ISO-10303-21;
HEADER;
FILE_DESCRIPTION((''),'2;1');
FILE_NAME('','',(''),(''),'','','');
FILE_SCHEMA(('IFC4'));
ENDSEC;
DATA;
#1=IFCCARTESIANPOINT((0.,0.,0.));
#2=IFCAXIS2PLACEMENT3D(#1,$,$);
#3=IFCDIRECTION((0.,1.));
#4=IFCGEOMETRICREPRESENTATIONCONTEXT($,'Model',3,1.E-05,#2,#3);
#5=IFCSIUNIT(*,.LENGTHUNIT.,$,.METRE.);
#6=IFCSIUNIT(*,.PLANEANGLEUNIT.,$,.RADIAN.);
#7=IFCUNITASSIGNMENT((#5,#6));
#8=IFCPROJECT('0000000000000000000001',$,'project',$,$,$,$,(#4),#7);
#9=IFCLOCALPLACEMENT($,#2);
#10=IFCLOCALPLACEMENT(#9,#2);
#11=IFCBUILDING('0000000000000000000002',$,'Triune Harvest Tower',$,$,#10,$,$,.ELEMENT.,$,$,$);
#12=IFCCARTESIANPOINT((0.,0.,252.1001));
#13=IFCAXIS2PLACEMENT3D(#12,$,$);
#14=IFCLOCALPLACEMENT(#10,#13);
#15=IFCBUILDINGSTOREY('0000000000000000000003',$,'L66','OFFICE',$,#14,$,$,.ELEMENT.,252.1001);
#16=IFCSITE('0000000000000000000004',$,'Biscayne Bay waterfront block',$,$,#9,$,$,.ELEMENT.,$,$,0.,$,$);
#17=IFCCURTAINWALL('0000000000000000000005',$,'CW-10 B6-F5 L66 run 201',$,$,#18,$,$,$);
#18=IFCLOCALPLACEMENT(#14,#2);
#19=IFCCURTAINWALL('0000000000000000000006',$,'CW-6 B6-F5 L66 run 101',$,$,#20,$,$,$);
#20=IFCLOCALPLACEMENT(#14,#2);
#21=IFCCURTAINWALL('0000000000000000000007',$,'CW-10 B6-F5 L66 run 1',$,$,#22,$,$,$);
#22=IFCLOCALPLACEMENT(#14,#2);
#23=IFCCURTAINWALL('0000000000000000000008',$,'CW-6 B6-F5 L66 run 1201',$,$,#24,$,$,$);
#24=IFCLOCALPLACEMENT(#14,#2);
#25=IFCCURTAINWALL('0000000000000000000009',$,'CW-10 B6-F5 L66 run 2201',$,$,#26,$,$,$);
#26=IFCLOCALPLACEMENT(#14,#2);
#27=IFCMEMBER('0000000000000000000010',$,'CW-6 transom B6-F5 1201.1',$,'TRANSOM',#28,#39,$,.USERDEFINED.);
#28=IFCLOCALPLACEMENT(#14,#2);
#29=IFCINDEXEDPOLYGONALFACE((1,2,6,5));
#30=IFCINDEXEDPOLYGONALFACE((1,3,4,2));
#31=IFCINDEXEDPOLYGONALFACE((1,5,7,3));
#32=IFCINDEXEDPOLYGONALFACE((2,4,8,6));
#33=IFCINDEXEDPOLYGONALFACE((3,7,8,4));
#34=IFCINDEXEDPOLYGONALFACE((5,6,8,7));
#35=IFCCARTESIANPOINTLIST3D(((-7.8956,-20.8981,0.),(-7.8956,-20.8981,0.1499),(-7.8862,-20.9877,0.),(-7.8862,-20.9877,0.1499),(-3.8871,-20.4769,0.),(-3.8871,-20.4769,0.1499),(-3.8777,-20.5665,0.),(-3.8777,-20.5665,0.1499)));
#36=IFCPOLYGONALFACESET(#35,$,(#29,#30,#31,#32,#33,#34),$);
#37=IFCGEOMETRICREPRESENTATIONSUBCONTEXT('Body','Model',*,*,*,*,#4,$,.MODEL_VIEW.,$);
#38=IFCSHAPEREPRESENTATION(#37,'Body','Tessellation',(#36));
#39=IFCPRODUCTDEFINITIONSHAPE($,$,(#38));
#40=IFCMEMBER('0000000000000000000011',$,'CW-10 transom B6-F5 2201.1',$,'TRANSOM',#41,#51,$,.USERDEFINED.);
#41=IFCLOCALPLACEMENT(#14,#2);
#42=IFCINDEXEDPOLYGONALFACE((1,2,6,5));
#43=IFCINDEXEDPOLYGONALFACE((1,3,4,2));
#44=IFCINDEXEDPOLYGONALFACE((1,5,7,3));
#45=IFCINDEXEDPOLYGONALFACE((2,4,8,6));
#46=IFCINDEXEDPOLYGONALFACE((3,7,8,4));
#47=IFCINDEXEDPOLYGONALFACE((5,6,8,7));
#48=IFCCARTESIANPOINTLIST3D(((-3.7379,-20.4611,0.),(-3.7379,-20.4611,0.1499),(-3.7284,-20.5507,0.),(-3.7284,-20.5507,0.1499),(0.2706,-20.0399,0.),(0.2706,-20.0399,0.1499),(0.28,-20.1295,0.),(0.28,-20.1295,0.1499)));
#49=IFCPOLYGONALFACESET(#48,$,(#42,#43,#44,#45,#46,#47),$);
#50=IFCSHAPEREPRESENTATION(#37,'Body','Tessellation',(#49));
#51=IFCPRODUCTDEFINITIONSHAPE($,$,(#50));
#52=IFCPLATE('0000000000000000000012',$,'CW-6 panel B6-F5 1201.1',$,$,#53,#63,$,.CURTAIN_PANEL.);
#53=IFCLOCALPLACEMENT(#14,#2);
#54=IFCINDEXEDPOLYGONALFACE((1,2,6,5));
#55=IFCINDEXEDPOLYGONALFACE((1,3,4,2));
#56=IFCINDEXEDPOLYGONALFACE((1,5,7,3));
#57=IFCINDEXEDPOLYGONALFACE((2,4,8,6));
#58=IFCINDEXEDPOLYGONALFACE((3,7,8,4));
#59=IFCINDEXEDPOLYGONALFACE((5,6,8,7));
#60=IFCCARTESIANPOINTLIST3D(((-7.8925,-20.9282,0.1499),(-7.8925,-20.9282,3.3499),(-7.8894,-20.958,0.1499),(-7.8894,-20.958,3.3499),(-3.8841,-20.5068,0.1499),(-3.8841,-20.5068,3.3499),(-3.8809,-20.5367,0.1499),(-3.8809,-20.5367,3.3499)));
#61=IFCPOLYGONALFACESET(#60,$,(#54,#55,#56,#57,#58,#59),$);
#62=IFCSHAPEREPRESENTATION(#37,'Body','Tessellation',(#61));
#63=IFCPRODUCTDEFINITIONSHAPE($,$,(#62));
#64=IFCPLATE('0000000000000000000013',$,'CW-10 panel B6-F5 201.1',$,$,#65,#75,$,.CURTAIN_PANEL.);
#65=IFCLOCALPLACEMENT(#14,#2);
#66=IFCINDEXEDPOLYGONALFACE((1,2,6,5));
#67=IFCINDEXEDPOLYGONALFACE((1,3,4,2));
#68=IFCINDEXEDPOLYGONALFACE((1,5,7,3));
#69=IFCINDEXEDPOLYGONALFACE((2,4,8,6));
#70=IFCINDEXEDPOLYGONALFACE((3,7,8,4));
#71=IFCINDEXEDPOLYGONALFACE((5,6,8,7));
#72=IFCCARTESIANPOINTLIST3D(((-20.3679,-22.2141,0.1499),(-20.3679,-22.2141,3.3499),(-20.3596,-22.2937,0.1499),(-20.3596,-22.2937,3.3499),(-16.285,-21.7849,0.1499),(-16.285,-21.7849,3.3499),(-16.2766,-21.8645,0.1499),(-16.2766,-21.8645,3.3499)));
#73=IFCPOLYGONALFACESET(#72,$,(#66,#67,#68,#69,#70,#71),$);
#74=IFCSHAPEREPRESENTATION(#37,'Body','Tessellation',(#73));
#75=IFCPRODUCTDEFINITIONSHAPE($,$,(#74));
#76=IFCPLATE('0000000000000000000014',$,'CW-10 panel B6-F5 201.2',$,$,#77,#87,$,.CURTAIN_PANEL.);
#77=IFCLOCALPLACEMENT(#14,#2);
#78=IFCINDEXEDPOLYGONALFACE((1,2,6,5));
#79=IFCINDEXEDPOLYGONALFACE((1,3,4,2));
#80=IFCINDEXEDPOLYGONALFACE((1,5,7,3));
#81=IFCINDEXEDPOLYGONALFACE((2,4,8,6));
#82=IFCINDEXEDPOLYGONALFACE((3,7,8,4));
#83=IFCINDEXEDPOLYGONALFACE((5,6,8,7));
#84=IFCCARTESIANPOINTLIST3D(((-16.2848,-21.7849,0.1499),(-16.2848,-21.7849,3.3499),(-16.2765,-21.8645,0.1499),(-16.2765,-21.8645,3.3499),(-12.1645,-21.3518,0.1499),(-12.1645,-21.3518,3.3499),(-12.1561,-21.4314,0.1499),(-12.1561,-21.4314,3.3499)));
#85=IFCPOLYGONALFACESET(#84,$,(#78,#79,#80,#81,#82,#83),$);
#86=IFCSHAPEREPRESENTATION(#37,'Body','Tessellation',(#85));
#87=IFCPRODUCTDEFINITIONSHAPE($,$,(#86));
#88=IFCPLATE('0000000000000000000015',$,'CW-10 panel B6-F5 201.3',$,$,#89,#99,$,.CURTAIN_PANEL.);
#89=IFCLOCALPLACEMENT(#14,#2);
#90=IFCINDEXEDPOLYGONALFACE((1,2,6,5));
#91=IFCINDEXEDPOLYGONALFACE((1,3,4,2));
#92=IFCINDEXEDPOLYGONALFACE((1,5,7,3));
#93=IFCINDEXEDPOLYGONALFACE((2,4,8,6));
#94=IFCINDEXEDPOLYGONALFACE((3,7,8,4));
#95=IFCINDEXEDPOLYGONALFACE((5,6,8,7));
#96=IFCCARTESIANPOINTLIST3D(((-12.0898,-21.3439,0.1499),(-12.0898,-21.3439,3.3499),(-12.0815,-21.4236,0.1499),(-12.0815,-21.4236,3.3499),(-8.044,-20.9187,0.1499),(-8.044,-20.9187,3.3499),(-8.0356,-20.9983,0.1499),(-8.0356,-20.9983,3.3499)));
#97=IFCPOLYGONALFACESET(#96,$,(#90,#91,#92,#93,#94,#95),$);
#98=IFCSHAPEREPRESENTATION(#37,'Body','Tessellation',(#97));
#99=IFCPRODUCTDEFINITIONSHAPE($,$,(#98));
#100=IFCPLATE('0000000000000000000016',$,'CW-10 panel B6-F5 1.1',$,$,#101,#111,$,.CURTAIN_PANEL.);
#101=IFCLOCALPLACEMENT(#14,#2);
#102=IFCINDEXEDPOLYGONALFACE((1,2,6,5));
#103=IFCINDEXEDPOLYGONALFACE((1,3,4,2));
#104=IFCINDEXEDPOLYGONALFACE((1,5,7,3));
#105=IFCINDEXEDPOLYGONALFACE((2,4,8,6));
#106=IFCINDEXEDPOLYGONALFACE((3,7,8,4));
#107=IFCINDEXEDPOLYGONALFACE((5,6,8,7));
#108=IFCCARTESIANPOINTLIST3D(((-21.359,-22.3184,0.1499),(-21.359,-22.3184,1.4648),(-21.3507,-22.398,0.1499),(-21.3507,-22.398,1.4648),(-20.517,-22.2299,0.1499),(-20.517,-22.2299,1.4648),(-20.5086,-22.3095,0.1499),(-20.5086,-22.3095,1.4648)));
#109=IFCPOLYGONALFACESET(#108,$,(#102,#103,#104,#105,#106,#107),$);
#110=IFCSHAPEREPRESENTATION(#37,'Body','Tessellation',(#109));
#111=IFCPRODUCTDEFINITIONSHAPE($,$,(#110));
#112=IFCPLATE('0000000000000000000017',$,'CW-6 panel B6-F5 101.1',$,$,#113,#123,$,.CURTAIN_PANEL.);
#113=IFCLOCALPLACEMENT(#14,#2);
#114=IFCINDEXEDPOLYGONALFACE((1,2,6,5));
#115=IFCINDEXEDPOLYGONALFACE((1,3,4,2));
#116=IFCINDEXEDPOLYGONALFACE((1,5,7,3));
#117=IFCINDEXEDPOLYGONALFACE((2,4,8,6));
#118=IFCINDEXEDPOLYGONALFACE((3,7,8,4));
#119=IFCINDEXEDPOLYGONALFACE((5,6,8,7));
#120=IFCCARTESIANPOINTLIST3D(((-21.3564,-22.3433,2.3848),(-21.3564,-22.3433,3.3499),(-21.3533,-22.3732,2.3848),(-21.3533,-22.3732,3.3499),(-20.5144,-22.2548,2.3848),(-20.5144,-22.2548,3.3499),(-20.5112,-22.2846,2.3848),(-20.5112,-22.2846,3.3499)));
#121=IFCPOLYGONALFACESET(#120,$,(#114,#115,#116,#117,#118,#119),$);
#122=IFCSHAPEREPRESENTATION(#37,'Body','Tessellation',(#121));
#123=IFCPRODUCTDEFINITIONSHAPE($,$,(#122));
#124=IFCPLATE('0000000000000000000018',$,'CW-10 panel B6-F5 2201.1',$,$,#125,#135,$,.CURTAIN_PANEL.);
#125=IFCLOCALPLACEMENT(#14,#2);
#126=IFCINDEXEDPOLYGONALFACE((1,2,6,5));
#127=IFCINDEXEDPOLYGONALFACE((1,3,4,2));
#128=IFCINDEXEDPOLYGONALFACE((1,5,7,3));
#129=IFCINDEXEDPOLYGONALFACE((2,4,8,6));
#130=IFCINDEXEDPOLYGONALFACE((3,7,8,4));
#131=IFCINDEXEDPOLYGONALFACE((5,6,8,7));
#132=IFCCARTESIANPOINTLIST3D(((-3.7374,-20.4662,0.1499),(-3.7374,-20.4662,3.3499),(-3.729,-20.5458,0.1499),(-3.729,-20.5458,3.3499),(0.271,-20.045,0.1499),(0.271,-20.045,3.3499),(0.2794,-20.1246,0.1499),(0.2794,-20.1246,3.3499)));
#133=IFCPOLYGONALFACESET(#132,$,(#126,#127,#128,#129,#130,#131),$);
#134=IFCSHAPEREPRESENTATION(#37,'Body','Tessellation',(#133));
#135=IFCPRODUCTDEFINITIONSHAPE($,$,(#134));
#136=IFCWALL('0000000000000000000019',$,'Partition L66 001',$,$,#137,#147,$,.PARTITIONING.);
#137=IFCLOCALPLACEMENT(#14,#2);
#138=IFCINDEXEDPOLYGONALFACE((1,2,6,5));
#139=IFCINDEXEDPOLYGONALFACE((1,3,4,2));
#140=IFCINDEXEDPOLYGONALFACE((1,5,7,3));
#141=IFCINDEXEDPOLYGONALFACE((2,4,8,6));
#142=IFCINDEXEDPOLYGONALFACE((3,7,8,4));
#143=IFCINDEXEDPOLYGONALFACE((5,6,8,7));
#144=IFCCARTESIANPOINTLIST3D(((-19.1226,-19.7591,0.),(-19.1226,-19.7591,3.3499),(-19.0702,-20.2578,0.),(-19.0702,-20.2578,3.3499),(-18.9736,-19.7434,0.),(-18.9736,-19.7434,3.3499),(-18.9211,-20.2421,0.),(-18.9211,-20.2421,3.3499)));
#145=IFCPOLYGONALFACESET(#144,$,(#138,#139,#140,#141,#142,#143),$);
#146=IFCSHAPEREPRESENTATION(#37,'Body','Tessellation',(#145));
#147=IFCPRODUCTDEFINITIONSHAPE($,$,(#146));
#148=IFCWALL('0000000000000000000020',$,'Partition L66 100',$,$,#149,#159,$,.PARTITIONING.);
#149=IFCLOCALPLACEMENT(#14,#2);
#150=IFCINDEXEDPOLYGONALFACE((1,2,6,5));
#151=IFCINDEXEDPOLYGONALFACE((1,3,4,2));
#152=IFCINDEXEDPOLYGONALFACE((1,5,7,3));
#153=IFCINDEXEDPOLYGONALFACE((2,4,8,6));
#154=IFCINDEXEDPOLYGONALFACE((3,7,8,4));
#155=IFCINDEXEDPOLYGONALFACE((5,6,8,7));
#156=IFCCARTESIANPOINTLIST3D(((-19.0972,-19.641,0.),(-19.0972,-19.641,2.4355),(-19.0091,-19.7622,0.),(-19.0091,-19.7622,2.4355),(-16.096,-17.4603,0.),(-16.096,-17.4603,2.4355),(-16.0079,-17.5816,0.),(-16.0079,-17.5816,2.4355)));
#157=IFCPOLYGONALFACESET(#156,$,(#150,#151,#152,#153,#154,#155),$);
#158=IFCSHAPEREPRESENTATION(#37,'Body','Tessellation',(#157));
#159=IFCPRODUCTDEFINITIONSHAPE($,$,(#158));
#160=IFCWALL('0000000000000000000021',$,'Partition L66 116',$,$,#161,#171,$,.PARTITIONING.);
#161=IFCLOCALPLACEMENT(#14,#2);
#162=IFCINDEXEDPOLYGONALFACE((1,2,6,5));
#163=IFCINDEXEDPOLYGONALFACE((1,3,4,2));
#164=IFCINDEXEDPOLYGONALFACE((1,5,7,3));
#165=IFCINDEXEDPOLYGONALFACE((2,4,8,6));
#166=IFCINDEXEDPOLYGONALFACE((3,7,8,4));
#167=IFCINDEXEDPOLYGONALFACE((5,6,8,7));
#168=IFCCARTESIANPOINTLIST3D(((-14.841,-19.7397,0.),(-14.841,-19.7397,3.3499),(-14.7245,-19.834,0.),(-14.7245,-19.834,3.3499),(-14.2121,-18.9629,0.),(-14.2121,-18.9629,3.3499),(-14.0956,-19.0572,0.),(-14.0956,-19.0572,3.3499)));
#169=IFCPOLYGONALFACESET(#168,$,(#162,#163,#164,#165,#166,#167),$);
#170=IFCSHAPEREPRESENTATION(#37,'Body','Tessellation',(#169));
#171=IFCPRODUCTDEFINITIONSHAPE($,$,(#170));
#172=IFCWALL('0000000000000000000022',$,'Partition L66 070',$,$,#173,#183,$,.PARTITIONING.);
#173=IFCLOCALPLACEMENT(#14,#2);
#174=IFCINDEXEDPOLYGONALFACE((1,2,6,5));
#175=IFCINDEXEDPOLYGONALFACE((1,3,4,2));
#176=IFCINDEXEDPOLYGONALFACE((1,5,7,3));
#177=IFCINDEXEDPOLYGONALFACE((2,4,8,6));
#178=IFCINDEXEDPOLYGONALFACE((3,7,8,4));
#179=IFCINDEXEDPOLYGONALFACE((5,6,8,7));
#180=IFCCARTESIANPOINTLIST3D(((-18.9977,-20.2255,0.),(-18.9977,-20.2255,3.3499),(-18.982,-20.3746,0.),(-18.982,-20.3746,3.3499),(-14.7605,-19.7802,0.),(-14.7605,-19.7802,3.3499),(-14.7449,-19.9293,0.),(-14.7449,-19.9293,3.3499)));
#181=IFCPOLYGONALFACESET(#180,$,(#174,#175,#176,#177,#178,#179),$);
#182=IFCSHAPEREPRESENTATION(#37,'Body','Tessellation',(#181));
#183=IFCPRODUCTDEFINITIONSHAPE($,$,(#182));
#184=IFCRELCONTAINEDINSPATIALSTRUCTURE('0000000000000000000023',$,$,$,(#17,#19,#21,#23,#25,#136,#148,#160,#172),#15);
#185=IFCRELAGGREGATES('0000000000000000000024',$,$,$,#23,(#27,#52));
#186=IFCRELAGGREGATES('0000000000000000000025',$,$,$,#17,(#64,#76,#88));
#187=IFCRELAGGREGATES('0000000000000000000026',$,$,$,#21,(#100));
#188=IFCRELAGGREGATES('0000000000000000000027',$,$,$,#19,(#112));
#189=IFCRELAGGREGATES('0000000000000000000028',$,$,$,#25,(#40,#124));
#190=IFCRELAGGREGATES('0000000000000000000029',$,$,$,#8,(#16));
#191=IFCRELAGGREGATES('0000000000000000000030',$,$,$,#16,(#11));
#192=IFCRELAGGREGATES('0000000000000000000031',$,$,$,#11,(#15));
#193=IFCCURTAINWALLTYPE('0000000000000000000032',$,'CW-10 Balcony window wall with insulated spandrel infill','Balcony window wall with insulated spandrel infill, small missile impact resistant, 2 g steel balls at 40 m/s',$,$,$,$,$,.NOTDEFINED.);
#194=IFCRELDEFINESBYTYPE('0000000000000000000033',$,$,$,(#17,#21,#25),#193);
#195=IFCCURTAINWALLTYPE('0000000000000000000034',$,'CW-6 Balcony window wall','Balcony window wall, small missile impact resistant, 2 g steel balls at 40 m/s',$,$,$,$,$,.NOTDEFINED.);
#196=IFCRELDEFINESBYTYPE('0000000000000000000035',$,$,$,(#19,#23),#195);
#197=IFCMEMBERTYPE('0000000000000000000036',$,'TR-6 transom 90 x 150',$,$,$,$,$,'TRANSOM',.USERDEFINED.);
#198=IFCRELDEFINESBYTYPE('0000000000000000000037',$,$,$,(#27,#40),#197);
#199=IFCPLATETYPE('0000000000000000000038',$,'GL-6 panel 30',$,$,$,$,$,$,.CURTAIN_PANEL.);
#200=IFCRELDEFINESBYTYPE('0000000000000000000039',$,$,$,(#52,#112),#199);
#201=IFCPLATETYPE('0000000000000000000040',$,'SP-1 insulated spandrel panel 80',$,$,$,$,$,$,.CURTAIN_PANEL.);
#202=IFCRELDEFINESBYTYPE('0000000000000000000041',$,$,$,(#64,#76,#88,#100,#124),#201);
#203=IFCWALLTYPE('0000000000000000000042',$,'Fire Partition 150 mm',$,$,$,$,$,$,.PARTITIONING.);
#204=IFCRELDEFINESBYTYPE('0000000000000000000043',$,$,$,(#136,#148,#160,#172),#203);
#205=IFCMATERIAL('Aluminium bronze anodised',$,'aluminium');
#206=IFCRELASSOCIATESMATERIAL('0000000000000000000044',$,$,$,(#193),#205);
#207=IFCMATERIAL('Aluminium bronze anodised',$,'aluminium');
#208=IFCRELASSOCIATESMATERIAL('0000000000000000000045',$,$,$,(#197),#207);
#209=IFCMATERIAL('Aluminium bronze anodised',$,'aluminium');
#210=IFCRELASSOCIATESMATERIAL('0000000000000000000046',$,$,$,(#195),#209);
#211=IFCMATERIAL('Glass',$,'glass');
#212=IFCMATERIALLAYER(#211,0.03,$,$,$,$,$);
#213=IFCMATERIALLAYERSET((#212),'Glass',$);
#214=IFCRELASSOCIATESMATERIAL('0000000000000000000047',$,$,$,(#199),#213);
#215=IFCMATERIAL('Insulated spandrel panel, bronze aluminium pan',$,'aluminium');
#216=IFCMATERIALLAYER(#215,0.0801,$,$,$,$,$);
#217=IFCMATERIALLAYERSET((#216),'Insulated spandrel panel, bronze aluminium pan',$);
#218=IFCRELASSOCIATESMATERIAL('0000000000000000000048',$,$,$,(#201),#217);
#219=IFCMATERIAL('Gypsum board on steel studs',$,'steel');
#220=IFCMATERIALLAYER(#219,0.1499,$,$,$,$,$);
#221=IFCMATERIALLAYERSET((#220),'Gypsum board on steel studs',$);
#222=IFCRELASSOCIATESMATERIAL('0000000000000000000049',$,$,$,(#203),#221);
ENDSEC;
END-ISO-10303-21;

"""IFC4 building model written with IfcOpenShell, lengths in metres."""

from ifc_helpers import new_model, si_unit, direction, frame, frame_2d, origin, origin_2d, place, context, subcontext, project, spatial, rectangle, extrude, source, transform, mapped, material, layer, layer_set, material_profile, profile_set, type_object, element, aggregate, save


model = new_model("IFC4")

# Units and contexts
model_context = context("Model", 3, precision=1e-05, world=origin(), true_north=direction((0.0, 1.0)))
body_context = subcontext(model_context, "Body", "Model", "MODEL_VIEW")
ifc_project = project(units=[si_unit("LENGTHUNIT", "METRE"), si_unit("PLANEANGLEUNIT", "RADIAN")], contexts=[model_context])

# Site, building, storey
site_placement = place(None, origin())
site = spatial("IfcSite", under=ifc_project, at=site_placement, Name="Biscayne Bay waterfront block", CompositionType="ELEMENT", RefElevation=0.0)
building_placement = place(site_placement, origin())
building = spatial("IfcBuilding", under=site, at=building_placement, Name="Triune Harvest Tower", CompositionType="ELEMENT")
storey_placement = place(building_placement, frame((0.0, 0.0, 252.1001)))
storey = spatial("IfcBuildingStorey", under=building, at=storey_placement, Name="L66", Description="OFFICE", CompositionType="ELEMENT", Elevation=252.1001)

# Curtain wall
ifc_material_1 = material(Name="Aluminium bronze anodised", Category="aluminium")
curtain_wall_type_1 = type_object("IfcCurtainWallType", Name="CW-10 Balcony window wall with insulated spandrel infill", Description="Balcony window wall with insulated spandrel infill, small missile impact resistant, 2 g steel balls at 40 m/s", PredefinedType="NOTDEFINED", material=ifc_material_1)
curtain_wall_1_placement = place(storey_placement, origin())
curtain_wall_1 = element("IfcCurtainWall", 1, at=curtain_wall_1_placement, inside=storey, type_object=curtain_wall_type_1, Name="CW-10 B6-F5 L66 run 201")
ifc_material_2 = material(Name="Aluminium bronze anodised", Category="aluminium")
ifc_material_profile_1 = material_profile(ifc_material_2, rectangle(XDim=0.0901, YDim=0.1499, at=origin_2d()), Name="TR-6 transom 90 x 150")
ifc_profile_set_1 = profile_set([ifc_material_profile_1], Name="Aluminium bronze anodised")
member_type_1 = type_object("IfcMemberType", Name="TR-6 transom 90 x 150", ElementType="TRANSOM", PredefinedType="USERDEFINED", material=ifc_profile_set_1)

# Curtain walls
ifc_material_3 = material(Name="Aluminium bronze anodised", Category="aluminium")
curtain_wall_type_2 = type_object("IfcCurtainWallType", Name="CW-6 Balcony window wall", Description="Balcony window wall, small missile impact resistant, 2 g steel balls at 40 m/s", PredefinedType="NOTDEFINED", material=ifc_material_3)
curtain_wall_2_placement = place(storey_placement, origin())
curtain_wall_2 = element("IfcCurtainWall", 2, at=curtain_wall_2_placement, inside=storey, type_object=curtain_wall_type_2, Name="CW-6 B6-F5 L66 run 101")
curtain_wall_3_placement = place(storey_placement, origin())
curtain_wall_3 = element("IfcCurtainWall", 3, at=curtain_wall_3_placement, inside=storey, type_object=curtain_wall_type_1, Name="CW-10 B6-F5 L66 run 1")

# Curtain wall
curtain_wall_4_placement = place(storey_placement, origin())
curtain_wall_4 = element("IfcCurtainWall", 4, at=curtain_wall_4_placement, inside=storey, type_object=curtain_wall_type_2, Name="CW-6 B6-F5 L66 run 1201")

# Curtain wall
curtain_wall_5_placement = place(storey_placement, origin())
curtain_wall_5 = element("IfcCurtainWall", 5, at=curtain_wall_5_placement, inside=storey, type_object=curtain_wall_type_1, Name="CW-10 B6-F5 L66 run 2201")

# Members
shared_shape_1 = source(origin(), body_context, "Body", "SweptSolid", [
    extrude(rectangle(XDim=0.0901, YDim=0.1499, at=origin_2d()), origin(), (0.0, 0.0, 1.0), 4.0305),
])
member_1_placement = place(storey_placement, frame((-7.8909, -20.9429, 0.075), z_axis=(0.994526, 0.104486, 0.0), x_axis=(-0.104486, 0.994526, 0.0)))
member_1 = element("IfcMember", 6, at=member_1_placement, type_object=member_type_1, Name="CW-6 transom B6-F5 1201.1", ObjectType="TRANSOM", PredefinedType="USERDEFINED", context=body_context, shape_type="MappedRepresentation", body=[
    mapped(shared_shape_1, transform((0.0, 0.0, 0.0), scale=1.0)),
])
member_2_placement = place(storey_placement, frame((-3.7332, -20.5059, 0.075), z_axis=(0.994526, 0.104486, 0.0), x_axis=(-0.104486, 0.994526, 0.0)))
member_2 = element("IfcMember", 7, at=member_2_placement, type_object=member_type_1, Name="CW-10 transom B6-F5 2201.1", ObjectType="TRANSOM", PredefinedType="USERDEFINED", context=body_context, shape_type="MappedRepresentation", body=[
    mapped(shared_shape_1, transform((0.0, 0.0, 0.0), scale=1.0)),
])

# Plates
ifc_material_4 = material(Name="Glass", Category="glass")
ifc_layer_1 = layer(ifc_material_4, 0.03)
ifc_layer_set_1 = layer_set([ifc_layer_1], Name="Glass")
plate_type_1 = type_object("IfcPlateType", Name="GL-6 panel 30", PredefinedType="CURTAIN_PANEL", material=ifc_layer_set_1)
plate_1_placement = place(storey_placement, frame((-5.8867, -20.7324, 0.1499), z_axis=(0.0, 0.0, 1.0), x_axis=(0.994521, 0.104533, 0.0)))
plate_1 = element("IfcPlate", 8, at=plate_1_placement, type_object=plate_type_1, Name="CW-6 panel B6-F5 1201.1", PredefinedType="CURTAIN_PANEL", context=body_context, shape_type="SweptSolid", body=[
    extrude(rectangle(XDim=4.0305, YDim=0.03, at=origin_2d()), origin(), (0.0, 0.0, 1.0), 3.2),
])
aggregate(curtain_wall_4, [member_1, plate_1])
ifc_material_5 = material(Name="Insulated spandrel panel, bronze aluminium pan", Category="aluminium")
ifc_layer_2 = layer(ifc_material_5, 0.0801)
ifc_layer_set_2 = layer_set([ifc_layer_2], Name="Insulated spandrel panel, bronze aluminium pan")
plate_type_2 = type_object("IfcPlateType", Name="SP-1 insulated spandrel panel 80", PredefinedType="CURTAIN_PANEL", material=ifc_layer_set_2)
plate_2_placement = place(storey_placement, frame((-18.3223, -22.0393, 0.1499), z_axis=(0.0, 0.0, 1.0), x_axis=(0.994522, 0.104532, 0.0)))
plate_2 = element("IfcPlate", 9, at=plate_2_placement, type_object=plate_type_2, Name="CW-10 panel B6-F5 201.1", PredefinedType="CURTAIN_PANEL", context=body_context, shape_type="SweptSolid", body=[
    extrude(rectangle(XDim=4.1055, YDim=0.0801, at=origin_2d()), origin(), (0.0, 0.0, 1.0), 3.2),
])
plate_3_placement = place(storey_placement, frame((-14.2205, -21.6082, 0.1499), z_axis=(0.0, 0.0, 1.0), x_axis=(0.994522, 0.104532, 0.0)))
plate_3 = element("IfcPlate", 10, at=plate_3_placement, type_object=plate_type_2, Name="CW-10 panel B6-F5 201.2", PredefinedType="CURTAIN_PANEL", context=body_context, shape_type="SweptSolid", body=[
    extrude(rectangle(XDim=4.1431, YDim=0.0801, at=origin_2d()), origin(), (0.0, 0.0, 1.0), 3.2),
])
plate_4_placement = place(storey_placement, frame((-10.0627, -21.1711, 0.1499), z_axis=(0.0, 0.0, 1.0), x_axis=(0.994522, 0.104532, 0.0)))
plate_4 = element("IfcPlate", 11, at=plate_4_placement, type_object=plate_type_2, Name="CW-10 panel B6-F5 201.3", PredefinedType="CURTAIN_PANEL", context=body_context, shape_type="SweptSolid", body=[
    extrude(rectangle(XDim=4.0681, YDim=0.0801, at=origin_2d()), origin(), (0.0, 0.0, 1.0), 3.2),
])
aggregate(curtain_wall_1, [plate_2, plate_3, plate_4])
shared_shape_2 = source(origin(), body_context, "Body", "SweptSolid", [
    extrude(rectangle(XDim=0.8467, YDim=0.0801, at=origin_2d()), origin(), (0.0, 0.0, 1.0), 1.3149),
])
plate_5_placement = place(storey_placement, frame((-20.9338, -22.314, 0.1499), z_axis=(0.0, 0.0, 1.0), x_axis=(0.994521, 0.104539, 0.0)))
plate_5 = element("IfcPlate", 12, at=plate_5_placement, type_object=plate_type_2, Name="CW-10 panel B6-F5 1.1", PredefinedType="CURTAIN_PANEL", context=body_context, shape_type="MappedRepresentation", body=[
    mapped(shared_shape_2, transform((0.0, 0.0, 0.0), scale=1.0)),
])
aggregate(curtain_wall_3, [plate_5])
shared_shape_3 = source(origin(), body_context, "Body", "SweptSolid", [
    extrude(rectangle(XDim=0.8467, YDim=0.03, at=origin_2d()), origin(), (0.0, 0.0, 1.0), 0.9651),
])
plate_6_placement = place(storey_placement, frame((-20.9338, -22.314, 2.3848), z_axis=(0.0, 0.0, 1.0), x_axis=(0.994521, 0.104539, 0.0)))
plate_6 = element("IfcPlate", 13, at=plate_6_placement, type_object=plate_type_1, Name="CW-6 panel B6-F5 101.1", PredefinedType="CURTAIN_PANEL", context=body_context, shape_type="MappedRepresentation", body=[
    mapped(shared_shape_3, transform((0.0, 0.0, 0.0), scale=1.0)),
])
aggregate(curtain_wall_2, [plate_6])
shared_shape_4 = source(origin(), body_context, "Body", "SweptSolid", [
    extrude(rectangle(XDim=4.0305, YDim=0.0801, at=origin_2d()), origin(), (0.0, 0.0, 1.0), 3.2),
])
plate_7_placement = place(storey_placement, frame((-1.729, -20.2954, 0.1499), z_axis=(0.0, 0.0, 1.0), x_axis=(0.994524, 0.104507, 0.0)))
plate_7 = element("IfcPlate", 14, at=plate_7_placement, type_object=plate_type_2, Name="CW-10 panel B6-F5 2201.1", PredefinedType="CURTAIN_PANEL", context=body_context, shape_type="MappedRepresentation", body=[
    mapped(shared_shape_4, transform((0.0, 0.0, 0.0), scale=1.0)),
])
aggregate(curtain_wall_5, [member_2, plate_7])

# Walls
ifc_material_6 = material(Name="Gypsum board on steel studs", Category="steel")
ifc_layer_3 = layer(ifc_material_6, 0.1499)
ifc_layer_set_3 = layer_set([ifc_layer_3], Name="Gypsum board on steel studs")
wall_type = type_object("IfcWallType", Name="Fire Partition 150 mm", PredefinedType="PARTITIONING", material=ifc_layer_set_3)
wall_1_placement = place(storey_placement, frame((-19.0481, -19.7512, 0.0), z_axis=(0.0, 0.0, 1.0), x_axis=(0.104659, -0.994508, 0.0)))
element("IfcWall", 15, at=wall_1_placement, inside=storey, type_object=wall_type, Name="Partition L66 001", PredefinedType="PARTITIONING", context=body_context, shape_type="SweptSolid", body=[
    extrude(rectangle(XDim=0.5015, YDim=0.1499, at=frame_2d((0.2507, 0.0))), origin(), (0.0, 0.0, 1.0), 3.3499),
])
wall_2_placement = place(storey_placement, frame((-19.0532, -19.7017, 0.0), z_axis=(0.0, 0.0, 1.0), x_axis=(0.808998, 0.587812, 0.0)))
element("IfcWall", 16, at=wall_2_placement, inside=storey, type_object=wall_type, Name="Partition L66 100", PredefinedType="PARTITIONING", context=body_context, shape_type="SweptSolid", body=[
    extrude(rectangle(XDim=3.7097, YDim=0.1499, at=frame_2d((1.855, 0.0))), origin(), (0.0, 0.0, 1.0), 2.4355),
])
shared_shape_5 = source(origin(), body_context, "Body", "SweptSolid", [
    extrude(rectangle(XDim=0.9995, YDim=0.1499, at=frame_2d((0.4998, 0.0))), origin(), (0.0, 0.0, 1.0), 3.3499),
])
wall_3_placement = place(storey_placement, frame((-14.7827, -19.7869, 0.0), z_axis=(0.0, 0.0, 1.0), x_axis=(0.629212, 0.777233, 0.0)))
element("IfcWall", 17, at=wall_3_placement, inside=storey, type_object=wall_type, Name="Partition L66 116", PredefinedType="PARTITIONING", context=body_context, shape_type="MappedRepresentation", body=[
    mapped(shared_shape_5, transform((0.0, 0.0, 0.0), scale=1.0)),
])
shared_shape_6 = source(origin(), body_context, "Body", "SweptSolid", [
    extrude(rectangle(XDim=4.2605, YDim=0.1499, at=frame_2d((2.1304, 0.0))), origin(), (0.0, 0.0, 1.0), 3.3499),
])
wall_4_placement = place(storey_placement, frame((-18.99, -20.3, 0.0), z_axis=(0.0, 0.0, 1.0), x_axis=(0.994522, 0.104524, 0.0)))
element("IfcWall", 18, at=wall_4_placement, inside=storey, type_object=wall_type, Name="Partition L66 070", PredefinedType="PARTITIONING", context=body_context, shape_type="MappedRepresentation", body=[
    mapped(shared_shape_6, transform((0.0, 0.0, 0.0), scale=1.0)),
])

save(model, "model.ifc")
